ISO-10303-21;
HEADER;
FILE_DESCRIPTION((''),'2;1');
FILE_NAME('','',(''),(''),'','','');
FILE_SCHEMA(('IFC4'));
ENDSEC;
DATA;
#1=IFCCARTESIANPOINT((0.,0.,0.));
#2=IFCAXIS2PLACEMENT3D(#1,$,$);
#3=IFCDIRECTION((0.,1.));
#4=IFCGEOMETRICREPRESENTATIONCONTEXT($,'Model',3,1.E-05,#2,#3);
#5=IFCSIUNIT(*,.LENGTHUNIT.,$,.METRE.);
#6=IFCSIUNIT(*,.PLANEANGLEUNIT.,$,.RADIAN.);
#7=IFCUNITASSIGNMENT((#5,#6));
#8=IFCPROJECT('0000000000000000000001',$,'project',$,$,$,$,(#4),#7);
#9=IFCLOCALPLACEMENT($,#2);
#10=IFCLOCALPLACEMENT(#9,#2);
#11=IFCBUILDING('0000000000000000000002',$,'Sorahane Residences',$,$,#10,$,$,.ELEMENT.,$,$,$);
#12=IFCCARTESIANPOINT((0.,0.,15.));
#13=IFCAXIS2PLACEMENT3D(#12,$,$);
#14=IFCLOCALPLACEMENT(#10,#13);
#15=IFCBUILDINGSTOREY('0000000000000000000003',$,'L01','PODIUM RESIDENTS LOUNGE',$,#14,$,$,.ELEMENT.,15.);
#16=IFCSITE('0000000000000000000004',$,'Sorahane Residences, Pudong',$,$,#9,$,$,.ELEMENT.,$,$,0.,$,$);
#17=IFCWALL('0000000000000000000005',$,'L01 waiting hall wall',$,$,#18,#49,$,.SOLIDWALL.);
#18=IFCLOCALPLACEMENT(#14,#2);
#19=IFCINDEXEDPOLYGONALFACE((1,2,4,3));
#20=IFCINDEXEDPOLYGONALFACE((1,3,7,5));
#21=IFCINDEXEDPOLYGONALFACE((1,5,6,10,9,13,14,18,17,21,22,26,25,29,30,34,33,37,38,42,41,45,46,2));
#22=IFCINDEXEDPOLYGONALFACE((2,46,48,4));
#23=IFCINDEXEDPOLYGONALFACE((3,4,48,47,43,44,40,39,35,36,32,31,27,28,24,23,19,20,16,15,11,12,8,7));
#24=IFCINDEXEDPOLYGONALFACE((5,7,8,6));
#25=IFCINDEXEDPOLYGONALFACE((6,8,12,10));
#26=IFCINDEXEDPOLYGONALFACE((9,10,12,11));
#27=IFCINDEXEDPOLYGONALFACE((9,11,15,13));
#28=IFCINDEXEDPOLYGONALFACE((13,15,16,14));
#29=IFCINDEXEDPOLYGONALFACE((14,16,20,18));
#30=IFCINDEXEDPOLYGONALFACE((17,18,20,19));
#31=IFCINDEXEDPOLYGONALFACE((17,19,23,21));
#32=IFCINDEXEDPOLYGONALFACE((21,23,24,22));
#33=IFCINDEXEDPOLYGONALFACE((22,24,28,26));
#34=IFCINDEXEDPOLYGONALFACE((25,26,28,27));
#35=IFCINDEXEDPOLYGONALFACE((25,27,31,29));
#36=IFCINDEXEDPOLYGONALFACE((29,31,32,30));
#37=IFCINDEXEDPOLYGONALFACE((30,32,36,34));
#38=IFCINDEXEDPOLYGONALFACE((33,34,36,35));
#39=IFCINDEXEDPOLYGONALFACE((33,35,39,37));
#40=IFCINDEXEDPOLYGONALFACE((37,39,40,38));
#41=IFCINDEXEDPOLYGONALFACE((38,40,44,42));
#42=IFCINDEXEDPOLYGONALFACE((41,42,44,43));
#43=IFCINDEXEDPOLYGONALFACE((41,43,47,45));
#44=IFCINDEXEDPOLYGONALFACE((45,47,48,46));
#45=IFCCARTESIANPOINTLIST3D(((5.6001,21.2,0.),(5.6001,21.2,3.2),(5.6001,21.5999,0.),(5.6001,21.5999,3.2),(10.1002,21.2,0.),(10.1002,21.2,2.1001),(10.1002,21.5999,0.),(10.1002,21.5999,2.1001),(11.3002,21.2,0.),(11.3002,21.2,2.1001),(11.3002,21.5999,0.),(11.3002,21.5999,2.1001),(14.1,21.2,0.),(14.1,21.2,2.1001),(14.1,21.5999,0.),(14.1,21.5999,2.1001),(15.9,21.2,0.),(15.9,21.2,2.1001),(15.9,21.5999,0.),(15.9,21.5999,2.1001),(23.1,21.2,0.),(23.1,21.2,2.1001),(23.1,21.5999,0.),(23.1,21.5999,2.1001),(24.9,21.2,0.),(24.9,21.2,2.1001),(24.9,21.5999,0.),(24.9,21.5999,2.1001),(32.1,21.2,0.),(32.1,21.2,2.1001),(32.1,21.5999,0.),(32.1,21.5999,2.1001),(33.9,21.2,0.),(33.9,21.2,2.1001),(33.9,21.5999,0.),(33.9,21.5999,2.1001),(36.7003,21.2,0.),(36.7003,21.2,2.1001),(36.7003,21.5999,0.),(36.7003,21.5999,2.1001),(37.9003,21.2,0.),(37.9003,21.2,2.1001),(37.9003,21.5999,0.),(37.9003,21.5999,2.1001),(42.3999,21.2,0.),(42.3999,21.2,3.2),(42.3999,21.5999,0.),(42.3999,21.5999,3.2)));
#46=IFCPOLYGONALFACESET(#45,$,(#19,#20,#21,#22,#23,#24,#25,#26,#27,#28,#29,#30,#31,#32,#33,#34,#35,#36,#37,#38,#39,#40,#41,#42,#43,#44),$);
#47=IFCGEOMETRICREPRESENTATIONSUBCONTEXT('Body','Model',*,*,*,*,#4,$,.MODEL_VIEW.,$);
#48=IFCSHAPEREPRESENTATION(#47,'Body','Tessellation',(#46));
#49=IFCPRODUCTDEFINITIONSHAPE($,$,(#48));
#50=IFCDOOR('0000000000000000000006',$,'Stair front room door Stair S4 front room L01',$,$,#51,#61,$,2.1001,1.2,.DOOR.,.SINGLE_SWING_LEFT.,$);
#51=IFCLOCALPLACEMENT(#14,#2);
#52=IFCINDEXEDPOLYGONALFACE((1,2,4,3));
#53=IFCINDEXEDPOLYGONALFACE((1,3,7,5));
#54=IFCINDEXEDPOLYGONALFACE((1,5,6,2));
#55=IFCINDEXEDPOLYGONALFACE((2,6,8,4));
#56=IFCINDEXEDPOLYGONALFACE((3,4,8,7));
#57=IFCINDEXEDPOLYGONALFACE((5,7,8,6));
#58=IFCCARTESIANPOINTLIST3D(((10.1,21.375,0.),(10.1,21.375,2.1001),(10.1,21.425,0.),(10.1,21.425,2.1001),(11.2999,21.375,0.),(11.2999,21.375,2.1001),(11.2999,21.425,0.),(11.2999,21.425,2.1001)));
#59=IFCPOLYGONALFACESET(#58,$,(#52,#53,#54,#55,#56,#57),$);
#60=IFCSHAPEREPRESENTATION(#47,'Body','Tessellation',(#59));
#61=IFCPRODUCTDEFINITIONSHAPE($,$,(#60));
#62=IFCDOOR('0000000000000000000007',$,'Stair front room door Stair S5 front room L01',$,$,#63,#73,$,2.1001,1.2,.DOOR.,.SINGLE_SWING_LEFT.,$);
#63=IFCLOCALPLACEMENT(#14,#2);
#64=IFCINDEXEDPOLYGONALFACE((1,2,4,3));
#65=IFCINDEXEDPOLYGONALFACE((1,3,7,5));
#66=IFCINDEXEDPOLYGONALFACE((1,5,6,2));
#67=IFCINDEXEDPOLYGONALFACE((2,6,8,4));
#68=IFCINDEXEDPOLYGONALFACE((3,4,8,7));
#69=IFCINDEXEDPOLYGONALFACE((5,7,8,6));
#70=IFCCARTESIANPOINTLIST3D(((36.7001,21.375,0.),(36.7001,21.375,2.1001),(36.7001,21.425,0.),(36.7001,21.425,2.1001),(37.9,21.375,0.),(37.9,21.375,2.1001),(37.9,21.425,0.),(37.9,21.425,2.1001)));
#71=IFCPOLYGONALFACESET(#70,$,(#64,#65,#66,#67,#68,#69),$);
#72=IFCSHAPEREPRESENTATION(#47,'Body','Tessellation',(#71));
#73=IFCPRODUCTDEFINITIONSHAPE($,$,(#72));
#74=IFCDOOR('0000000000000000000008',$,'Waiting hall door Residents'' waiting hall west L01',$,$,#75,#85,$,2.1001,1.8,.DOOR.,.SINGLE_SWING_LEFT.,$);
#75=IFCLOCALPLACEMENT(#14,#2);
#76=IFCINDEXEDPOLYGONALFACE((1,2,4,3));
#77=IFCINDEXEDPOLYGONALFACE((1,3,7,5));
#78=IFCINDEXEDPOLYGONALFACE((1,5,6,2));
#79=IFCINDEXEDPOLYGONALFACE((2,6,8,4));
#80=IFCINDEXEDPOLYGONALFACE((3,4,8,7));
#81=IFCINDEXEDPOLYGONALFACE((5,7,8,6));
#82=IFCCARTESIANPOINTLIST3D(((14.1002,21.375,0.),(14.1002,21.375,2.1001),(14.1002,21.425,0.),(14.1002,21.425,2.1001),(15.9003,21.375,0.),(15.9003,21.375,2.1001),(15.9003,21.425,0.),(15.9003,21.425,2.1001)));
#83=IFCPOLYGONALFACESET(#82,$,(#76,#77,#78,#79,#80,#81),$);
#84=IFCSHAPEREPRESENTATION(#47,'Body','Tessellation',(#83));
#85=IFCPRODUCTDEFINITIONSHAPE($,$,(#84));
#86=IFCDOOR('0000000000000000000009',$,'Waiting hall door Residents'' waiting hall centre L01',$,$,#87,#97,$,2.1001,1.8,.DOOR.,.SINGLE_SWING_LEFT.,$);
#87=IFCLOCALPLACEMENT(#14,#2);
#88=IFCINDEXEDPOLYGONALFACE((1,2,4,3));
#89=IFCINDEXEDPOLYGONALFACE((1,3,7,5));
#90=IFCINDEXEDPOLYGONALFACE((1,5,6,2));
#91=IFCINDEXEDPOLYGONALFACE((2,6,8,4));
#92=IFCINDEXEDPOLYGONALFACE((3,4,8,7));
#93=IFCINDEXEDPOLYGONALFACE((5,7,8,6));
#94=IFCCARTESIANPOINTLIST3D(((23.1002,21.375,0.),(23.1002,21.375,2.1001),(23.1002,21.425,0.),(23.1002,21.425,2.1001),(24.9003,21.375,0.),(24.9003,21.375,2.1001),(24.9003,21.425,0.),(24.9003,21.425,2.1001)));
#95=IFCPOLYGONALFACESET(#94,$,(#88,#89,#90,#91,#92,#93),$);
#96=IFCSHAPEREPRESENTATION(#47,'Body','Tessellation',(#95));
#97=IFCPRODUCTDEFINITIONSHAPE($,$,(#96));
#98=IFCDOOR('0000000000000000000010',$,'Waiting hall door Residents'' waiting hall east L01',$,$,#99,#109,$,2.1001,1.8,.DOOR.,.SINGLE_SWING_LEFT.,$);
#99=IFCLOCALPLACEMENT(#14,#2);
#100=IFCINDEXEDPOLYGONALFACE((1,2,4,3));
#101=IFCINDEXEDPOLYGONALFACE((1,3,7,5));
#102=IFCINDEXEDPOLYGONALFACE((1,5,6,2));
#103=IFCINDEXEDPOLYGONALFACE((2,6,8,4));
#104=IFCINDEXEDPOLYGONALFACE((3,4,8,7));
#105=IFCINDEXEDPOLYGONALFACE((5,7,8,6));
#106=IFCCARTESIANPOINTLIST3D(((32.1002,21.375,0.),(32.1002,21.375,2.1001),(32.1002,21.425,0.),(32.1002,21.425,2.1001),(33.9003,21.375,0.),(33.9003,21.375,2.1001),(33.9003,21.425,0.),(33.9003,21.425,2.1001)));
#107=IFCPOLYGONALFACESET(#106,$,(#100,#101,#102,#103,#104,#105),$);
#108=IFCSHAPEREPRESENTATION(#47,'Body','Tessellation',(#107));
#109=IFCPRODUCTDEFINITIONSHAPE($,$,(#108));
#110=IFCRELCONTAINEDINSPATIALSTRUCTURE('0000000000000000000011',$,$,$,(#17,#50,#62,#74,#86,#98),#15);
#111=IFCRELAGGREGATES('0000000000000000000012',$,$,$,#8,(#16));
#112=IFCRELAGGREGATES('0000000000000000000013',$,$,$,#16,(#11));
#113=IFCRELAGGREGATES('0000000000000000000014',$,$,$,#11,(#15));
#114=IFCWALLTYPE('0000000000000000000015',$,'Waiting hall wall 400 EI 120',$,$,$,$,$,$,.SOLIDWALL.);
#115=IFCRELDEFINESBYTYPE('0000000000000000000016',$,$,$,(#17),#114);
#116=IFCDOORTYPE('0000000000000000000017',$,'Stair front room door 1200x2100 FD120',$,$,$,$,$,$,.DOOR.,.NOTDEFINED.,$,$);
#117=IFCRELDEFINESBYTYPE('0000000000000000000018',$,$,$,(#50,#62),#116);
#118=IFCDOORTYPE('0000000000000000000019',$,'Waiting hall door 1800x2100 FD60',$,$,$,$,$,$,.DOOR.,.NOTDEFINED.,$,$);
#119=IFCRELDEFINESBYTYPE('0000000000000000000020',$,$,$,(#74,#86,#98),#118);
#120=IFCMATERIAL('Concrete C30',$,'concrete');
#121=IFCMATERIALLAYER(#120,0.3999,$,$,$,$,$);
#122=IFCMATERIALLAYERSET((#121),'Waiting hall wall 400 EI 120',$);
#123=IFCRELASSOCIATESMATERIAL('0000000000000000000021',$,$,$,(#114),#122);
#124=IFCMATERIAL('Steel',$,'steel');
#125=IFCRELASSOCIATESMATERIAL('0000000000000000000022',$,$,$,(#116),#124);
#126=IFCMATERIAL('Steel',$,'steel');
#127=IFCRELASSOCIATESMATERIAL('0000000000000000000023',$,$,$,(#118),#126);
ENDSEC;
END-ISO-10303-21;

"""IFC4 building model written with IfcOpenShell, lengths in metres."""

from ifc_helpers import new_model, si_unit, direction, frame, frame_2d, origin, place, context, subcontext, project, spatial, rectangle, extrude, material, layer, layer_set, type_object, element, fill, save


model = new_model("IFC4")

# Units and contexts
model_context = context("Model", 3, precision=1e-05, world=origin(), true_north=direction((0.0, 1.0)))
body_context = subcontext(model_context, "Body", "Model", "MODEL_VIEW")
ifc_project = project(units=[si_unit("LENGTHUNIT", "METRE"), si_unit("PLANEANGLEUNIT", "RADIAN")], contexts=[model_context])

# Site, building, storey
site_placement = place(None, origin())
site = spatial("IfcSite", under=ifc_project, at=site_placement, Name="Sorahane Residences, Pudong", CompositionType="ELEMENT", RefElevation=0.0)
building_placement = place(site_placement, origin())
building = spatial("IfcBuilding", under=site, at=building_placement, Name="Sorahane Residences", CompositionType="ELEMENT")
storey_placement = place(building_placement, frame((0.0, 0.0, 15.0)))
storey = spatial("IfcBuildingStorey", under=building, at=storey_placement, Name="L01", Description="PODIUM RESIDENTS LOUNGE", CompositionType="ELEMENT", Elevation=15.0)

# Wall, openings, doors
ifc_material_1 = material(Name="Concrete C30", Category="concrete")
ifc_layer_1 = layer(ifc_material_1, 0.3999)
ifc_layer_set_1 = layer_set([ifc_layer_1], Name="Waiting hall wall 400 EI 120")
wall_type_1 = type_object("IfcWallType", Name="Waiting hall wall 400 EI 120", PredefinedType="SOLIDWALL", material=ifc_layer_set_1)
wall_1_placement = place(storey_placement, frame((5.6001, 21.3999, 0.0), z_axis=(0.0, 0.0, 1.0), x_axis=(1.0, 0.0, 0.0)))
wall_1 = element("IfcWall", 1, at=wall_1_placement, inside=storey, type_object=wall_type_1, Name="L01 waiting hall wall", PredefinedType="SOLIDWALL", context=body_context, shape_type="SweptSolid", body=[
    extrude(rectangle(XDim=36.7998, YDim=0.3999, at=frame_2d((18.3999, 0.0))), origin(), (0.0, 0.0, 1.0), 3.2),
])
opening_1_placement = place(wall_1_placement, frame((8.5, 0.0, 0.0)))
opening_1 = element("IfcOpeningElement", 2, at=opening_1_placement, cuts=wall_1, PredefinedType="OPENING", context=body_context, shape_type="SweptSolid", body=[
    extrude(rectangle(XDim=1.8, YDim=2.1001, at=frame_2d((0.8999, 1.05))), frame((0.0, 0.21, 0.0), z_axis=(0.0, -1.0, 0.0), x_axis=(1.0, 0.0, 0.0)), (0.0, 0.0, 1.0), 0.4199),
])
opening_2_placement = place(wall_1_placement, frame((17.5, 0.0, 0.0)))
opening_2 = element("IfcOpeningElement", 3, at=opening_2_placement, cuts=wall_1, PredefinedType="OPENING", context=body_context, shape_type="SweptSolid", body=[
    extrude(rectangle(XDim=1.8, YDim=2.1001, at=frame_2d((0.8999, 1.05))), frame((0.0, 0.21, 0.0), z_axis=(0.0, -1.0, 0.0), x_axis=(1.0, 0.0, 0.0)), (0.0, 0.0, 1.0), 0.4199),
])
opening_3_placement = place(wall_1_placement, frame((26.5, 0.0, 0.0)))
opening_3 = element("IfcOpeningElement", 4, at=opening_3_placement, cuts=wall_1, PredefinedType="OPENING", context=body_context, shape_type="SweptSolid", body=[
    extrude(rectangle(XDim=1.8, YDim=2.1001, at=frame_2d((0.8999, 1.05))), frame((0.0, 0.21, 0.0), z_axis=(0.0, -1.0, 0.0), x_axis=(1.0, 0.0, 0.0)), (0.0, 0.0, 1.0), 0.4199),
])
opening_4_placement = place(wall_1_placement, frame((4.5, 0.0, 0.0)))
opening_4 = element("IfcOpeningElement", 5, at=opening_4_placement, cuts=wall_1, PredefinedType="OPENING", context=body_context, shape_type="SweptSolid", body=[
    extrude(rectangle(XDim=1.2, YDim=2.1001, at=frame_2d((0.6001, 1.05))), frame((0.0, 0.21, 0.0), z_axis=(0.0, -1.0, 0.0), x_axis=(1.0, 0.0, 0.0)), (0.0, 0.0, 1.0), 0.4199),
])
opening_5_placement = place(wall_1_placement, frame((31.1001, 0.0, 0.0)))
opening_5 = element("IfcOpeningElement", 6, at=opening_5_placement, cuts=wall_1, PredefinedType="OPENING", context=body_context, shape_type="SweptSolid", body=[
    extrude(rectangle(XDim=1.2, YDim=2.1001, at=frame_2d((0.6001, 1.05))), frame((0.0, 0.21, 0.0), z_axis=(0.0, -1.0, 0.0), x_axis=(1.0, 0.0, 0.0)), (0.0, 0.0, 1.0), 0.4199),
])
ifc_material_2 = material(Name="Steel", Category="steel")
door_type_1 = type_object("IfcDoorType", Name="Stair front room door 1200x2100 FD120", OperationType="NOTDEFINED", PredefinedType="DOOR", material=ifc_material_2)
door_1_placement = place(opening_4_placement, frame((1.2, 0.0, 0.0), z_axis=(0.0, 0.0, 1.0), x_axis=(-1.0, 0.0, 0.0)))
door_1 = element("IfcDoor", 7, at=door_1_placement, inside=storey, type_object=door_type_1, Name="Stair front room door Stair S4 front room L01", OperationType="SINGLE_SWING_LEFT", OverallHeight=2.1001, OverallWidth=1.2, PredefinedType="DOOR", context=body_context, shape_type="SweptSolid", body=[
    extrude(rectangle(XDim=1.2, YDim=2.1001, at=frame_2d((0.6001, 1.05))), frame((0.0, 0.0249, 0.0), z_axis=(0.0, -1.0, 0.0), x_axis=(1.0, 0.0, 0.0)), (0.0, 0.0, 1.0), 0.05),
])
fill(opening_4, door_1)
door_2_placement = place(opening_5_placement, frame((1.2, 0.0, 0.0), z_axis=(0.0, 0.0, 1.0), x_axis=(-1.0, 0.0, 0.0)))
door_2 = element("IfcDoor", 8, at=door_2_placement, inside=storey, type_object=door_type_1, Name="Stair front room door Stair S5 front room L01", OperationType="SINGLE_SWING_LEFT", OverallHeight=2.1001, OverallWidth=1.2, PredefinedType="DOOR", context=body_context, shape_type="SweptSolid", body=[
    extrude(rectangle(XDim=1.2, YDim=2.1001, at=frame_2d((0.6001, 1.05))), frame((0.0, 0.0249, 0.0), z_axis=(0.0, -1.0, 0.0), x_axis=(1.0, 0.0, 0.0)), (0.0, 0.0, 1.0), 0.05),
])
fill(opening_5, door_2)
ifc_material_3 = material(Name="Steel", Category="steel")
door_type_2 = type_object("IfcDoorType", Name="Waiting hall door 1800x2100 FD60", OperationType="NOTDEFINED", PredefinedType="DOOR", material=ifc_material_3)
door_3_placement = place(opening_1_placement, frame((1.8, 0.0, 0.0), z_axis=(0.0, 0.0, 1.0), x_axis=(-1.0, 0.0, 0.0)))
door_3 = element("IfcDoor", 9, at=door_3_placement, inside=storey, type_object=door_type_2, Name="Waiting hall door Residents' waiting hall west L01", OperationType="SINGLE_SWING_LEFT", OverallHeight=2.1001, OverallWidth=1.8, PredefinedType="DOOR", context=body_context, shape_type="SweptSolid", body=[
    extrude(rectangle(XDim=1.8, YDim=2.1001, at=frame_2d((0.8999, 1.05))), frame((0.0, 0.0249, 0.0), z_axis=(0.0, -1.0, 0.0), x_axis=(1.0, 0.0, 0.0)), (0.0, 0.0, 1.0), 0.05),
])
fill(opening_1, door_3)
door_4_placement = place(opening_2_placement, frame((1.8, 0.0, 0.0), z_axis=(0.0, 0.0, 1.0), x_axis=(-1.0, 0.0, 0.0)))
door_4 = element("IfcDoor", 10, at=door_4_placement, inside=storey, type_object=door_type_2, Name="Waiting hall door Residents' waiting hall centre L01", OperationType="SINGLE_SWING_LEFT", OverallHeight=2.1001, OverallWidth=1.8, PredefinedType="DOOR", context=body_context, shape_type="SweptSolid", body=[
    extrude(rectangle(XDim=1.8, YDim=2.1001, at=frame_2d((0.8999, 1.05))), frame((0.0, 0.0249, 0.0), z_axis=(0.0, -1.0, 0.0), x_axis=(1.0, 0.0, 0.0)), (0.0, 0.0, 1.0), 0.05),
])
fill(opening_2, door_4)
door_5_placement = place(opening_3_placement, frame((1.8, 0.0, 0.0), z_axis=(0.0, 0.0, 1.0), x_axis=(-1.0, 0.0, 0.0)))
door_5 = element("IfcDoor", 11, at=door_5_placement, inside=storey, type_object=door_type_2, Name="Waiting hall door Residents' waiting hall east L01", OperationType="SINGLE_SWING_LEFT", OverallHeight=2.1001, OverallWidth=1.8, PredefinedType="DOOR", context=body_context, shape_type="SweptSolid", body=[
    extrude(rectangle(XDim=1.8, YDim=2.1001, at=frame_2d((0.8999, 1.05))), frame((0.0, 0.0249, 0.0), z_axis=(0.0, -1.0, 0.0), x_axis=(1.0, 0.0, 0.0)), (0.0, 0.0, 1.0), 0.05),
])
fill(opening_3, door_5)

save(model, "model.ifc")
